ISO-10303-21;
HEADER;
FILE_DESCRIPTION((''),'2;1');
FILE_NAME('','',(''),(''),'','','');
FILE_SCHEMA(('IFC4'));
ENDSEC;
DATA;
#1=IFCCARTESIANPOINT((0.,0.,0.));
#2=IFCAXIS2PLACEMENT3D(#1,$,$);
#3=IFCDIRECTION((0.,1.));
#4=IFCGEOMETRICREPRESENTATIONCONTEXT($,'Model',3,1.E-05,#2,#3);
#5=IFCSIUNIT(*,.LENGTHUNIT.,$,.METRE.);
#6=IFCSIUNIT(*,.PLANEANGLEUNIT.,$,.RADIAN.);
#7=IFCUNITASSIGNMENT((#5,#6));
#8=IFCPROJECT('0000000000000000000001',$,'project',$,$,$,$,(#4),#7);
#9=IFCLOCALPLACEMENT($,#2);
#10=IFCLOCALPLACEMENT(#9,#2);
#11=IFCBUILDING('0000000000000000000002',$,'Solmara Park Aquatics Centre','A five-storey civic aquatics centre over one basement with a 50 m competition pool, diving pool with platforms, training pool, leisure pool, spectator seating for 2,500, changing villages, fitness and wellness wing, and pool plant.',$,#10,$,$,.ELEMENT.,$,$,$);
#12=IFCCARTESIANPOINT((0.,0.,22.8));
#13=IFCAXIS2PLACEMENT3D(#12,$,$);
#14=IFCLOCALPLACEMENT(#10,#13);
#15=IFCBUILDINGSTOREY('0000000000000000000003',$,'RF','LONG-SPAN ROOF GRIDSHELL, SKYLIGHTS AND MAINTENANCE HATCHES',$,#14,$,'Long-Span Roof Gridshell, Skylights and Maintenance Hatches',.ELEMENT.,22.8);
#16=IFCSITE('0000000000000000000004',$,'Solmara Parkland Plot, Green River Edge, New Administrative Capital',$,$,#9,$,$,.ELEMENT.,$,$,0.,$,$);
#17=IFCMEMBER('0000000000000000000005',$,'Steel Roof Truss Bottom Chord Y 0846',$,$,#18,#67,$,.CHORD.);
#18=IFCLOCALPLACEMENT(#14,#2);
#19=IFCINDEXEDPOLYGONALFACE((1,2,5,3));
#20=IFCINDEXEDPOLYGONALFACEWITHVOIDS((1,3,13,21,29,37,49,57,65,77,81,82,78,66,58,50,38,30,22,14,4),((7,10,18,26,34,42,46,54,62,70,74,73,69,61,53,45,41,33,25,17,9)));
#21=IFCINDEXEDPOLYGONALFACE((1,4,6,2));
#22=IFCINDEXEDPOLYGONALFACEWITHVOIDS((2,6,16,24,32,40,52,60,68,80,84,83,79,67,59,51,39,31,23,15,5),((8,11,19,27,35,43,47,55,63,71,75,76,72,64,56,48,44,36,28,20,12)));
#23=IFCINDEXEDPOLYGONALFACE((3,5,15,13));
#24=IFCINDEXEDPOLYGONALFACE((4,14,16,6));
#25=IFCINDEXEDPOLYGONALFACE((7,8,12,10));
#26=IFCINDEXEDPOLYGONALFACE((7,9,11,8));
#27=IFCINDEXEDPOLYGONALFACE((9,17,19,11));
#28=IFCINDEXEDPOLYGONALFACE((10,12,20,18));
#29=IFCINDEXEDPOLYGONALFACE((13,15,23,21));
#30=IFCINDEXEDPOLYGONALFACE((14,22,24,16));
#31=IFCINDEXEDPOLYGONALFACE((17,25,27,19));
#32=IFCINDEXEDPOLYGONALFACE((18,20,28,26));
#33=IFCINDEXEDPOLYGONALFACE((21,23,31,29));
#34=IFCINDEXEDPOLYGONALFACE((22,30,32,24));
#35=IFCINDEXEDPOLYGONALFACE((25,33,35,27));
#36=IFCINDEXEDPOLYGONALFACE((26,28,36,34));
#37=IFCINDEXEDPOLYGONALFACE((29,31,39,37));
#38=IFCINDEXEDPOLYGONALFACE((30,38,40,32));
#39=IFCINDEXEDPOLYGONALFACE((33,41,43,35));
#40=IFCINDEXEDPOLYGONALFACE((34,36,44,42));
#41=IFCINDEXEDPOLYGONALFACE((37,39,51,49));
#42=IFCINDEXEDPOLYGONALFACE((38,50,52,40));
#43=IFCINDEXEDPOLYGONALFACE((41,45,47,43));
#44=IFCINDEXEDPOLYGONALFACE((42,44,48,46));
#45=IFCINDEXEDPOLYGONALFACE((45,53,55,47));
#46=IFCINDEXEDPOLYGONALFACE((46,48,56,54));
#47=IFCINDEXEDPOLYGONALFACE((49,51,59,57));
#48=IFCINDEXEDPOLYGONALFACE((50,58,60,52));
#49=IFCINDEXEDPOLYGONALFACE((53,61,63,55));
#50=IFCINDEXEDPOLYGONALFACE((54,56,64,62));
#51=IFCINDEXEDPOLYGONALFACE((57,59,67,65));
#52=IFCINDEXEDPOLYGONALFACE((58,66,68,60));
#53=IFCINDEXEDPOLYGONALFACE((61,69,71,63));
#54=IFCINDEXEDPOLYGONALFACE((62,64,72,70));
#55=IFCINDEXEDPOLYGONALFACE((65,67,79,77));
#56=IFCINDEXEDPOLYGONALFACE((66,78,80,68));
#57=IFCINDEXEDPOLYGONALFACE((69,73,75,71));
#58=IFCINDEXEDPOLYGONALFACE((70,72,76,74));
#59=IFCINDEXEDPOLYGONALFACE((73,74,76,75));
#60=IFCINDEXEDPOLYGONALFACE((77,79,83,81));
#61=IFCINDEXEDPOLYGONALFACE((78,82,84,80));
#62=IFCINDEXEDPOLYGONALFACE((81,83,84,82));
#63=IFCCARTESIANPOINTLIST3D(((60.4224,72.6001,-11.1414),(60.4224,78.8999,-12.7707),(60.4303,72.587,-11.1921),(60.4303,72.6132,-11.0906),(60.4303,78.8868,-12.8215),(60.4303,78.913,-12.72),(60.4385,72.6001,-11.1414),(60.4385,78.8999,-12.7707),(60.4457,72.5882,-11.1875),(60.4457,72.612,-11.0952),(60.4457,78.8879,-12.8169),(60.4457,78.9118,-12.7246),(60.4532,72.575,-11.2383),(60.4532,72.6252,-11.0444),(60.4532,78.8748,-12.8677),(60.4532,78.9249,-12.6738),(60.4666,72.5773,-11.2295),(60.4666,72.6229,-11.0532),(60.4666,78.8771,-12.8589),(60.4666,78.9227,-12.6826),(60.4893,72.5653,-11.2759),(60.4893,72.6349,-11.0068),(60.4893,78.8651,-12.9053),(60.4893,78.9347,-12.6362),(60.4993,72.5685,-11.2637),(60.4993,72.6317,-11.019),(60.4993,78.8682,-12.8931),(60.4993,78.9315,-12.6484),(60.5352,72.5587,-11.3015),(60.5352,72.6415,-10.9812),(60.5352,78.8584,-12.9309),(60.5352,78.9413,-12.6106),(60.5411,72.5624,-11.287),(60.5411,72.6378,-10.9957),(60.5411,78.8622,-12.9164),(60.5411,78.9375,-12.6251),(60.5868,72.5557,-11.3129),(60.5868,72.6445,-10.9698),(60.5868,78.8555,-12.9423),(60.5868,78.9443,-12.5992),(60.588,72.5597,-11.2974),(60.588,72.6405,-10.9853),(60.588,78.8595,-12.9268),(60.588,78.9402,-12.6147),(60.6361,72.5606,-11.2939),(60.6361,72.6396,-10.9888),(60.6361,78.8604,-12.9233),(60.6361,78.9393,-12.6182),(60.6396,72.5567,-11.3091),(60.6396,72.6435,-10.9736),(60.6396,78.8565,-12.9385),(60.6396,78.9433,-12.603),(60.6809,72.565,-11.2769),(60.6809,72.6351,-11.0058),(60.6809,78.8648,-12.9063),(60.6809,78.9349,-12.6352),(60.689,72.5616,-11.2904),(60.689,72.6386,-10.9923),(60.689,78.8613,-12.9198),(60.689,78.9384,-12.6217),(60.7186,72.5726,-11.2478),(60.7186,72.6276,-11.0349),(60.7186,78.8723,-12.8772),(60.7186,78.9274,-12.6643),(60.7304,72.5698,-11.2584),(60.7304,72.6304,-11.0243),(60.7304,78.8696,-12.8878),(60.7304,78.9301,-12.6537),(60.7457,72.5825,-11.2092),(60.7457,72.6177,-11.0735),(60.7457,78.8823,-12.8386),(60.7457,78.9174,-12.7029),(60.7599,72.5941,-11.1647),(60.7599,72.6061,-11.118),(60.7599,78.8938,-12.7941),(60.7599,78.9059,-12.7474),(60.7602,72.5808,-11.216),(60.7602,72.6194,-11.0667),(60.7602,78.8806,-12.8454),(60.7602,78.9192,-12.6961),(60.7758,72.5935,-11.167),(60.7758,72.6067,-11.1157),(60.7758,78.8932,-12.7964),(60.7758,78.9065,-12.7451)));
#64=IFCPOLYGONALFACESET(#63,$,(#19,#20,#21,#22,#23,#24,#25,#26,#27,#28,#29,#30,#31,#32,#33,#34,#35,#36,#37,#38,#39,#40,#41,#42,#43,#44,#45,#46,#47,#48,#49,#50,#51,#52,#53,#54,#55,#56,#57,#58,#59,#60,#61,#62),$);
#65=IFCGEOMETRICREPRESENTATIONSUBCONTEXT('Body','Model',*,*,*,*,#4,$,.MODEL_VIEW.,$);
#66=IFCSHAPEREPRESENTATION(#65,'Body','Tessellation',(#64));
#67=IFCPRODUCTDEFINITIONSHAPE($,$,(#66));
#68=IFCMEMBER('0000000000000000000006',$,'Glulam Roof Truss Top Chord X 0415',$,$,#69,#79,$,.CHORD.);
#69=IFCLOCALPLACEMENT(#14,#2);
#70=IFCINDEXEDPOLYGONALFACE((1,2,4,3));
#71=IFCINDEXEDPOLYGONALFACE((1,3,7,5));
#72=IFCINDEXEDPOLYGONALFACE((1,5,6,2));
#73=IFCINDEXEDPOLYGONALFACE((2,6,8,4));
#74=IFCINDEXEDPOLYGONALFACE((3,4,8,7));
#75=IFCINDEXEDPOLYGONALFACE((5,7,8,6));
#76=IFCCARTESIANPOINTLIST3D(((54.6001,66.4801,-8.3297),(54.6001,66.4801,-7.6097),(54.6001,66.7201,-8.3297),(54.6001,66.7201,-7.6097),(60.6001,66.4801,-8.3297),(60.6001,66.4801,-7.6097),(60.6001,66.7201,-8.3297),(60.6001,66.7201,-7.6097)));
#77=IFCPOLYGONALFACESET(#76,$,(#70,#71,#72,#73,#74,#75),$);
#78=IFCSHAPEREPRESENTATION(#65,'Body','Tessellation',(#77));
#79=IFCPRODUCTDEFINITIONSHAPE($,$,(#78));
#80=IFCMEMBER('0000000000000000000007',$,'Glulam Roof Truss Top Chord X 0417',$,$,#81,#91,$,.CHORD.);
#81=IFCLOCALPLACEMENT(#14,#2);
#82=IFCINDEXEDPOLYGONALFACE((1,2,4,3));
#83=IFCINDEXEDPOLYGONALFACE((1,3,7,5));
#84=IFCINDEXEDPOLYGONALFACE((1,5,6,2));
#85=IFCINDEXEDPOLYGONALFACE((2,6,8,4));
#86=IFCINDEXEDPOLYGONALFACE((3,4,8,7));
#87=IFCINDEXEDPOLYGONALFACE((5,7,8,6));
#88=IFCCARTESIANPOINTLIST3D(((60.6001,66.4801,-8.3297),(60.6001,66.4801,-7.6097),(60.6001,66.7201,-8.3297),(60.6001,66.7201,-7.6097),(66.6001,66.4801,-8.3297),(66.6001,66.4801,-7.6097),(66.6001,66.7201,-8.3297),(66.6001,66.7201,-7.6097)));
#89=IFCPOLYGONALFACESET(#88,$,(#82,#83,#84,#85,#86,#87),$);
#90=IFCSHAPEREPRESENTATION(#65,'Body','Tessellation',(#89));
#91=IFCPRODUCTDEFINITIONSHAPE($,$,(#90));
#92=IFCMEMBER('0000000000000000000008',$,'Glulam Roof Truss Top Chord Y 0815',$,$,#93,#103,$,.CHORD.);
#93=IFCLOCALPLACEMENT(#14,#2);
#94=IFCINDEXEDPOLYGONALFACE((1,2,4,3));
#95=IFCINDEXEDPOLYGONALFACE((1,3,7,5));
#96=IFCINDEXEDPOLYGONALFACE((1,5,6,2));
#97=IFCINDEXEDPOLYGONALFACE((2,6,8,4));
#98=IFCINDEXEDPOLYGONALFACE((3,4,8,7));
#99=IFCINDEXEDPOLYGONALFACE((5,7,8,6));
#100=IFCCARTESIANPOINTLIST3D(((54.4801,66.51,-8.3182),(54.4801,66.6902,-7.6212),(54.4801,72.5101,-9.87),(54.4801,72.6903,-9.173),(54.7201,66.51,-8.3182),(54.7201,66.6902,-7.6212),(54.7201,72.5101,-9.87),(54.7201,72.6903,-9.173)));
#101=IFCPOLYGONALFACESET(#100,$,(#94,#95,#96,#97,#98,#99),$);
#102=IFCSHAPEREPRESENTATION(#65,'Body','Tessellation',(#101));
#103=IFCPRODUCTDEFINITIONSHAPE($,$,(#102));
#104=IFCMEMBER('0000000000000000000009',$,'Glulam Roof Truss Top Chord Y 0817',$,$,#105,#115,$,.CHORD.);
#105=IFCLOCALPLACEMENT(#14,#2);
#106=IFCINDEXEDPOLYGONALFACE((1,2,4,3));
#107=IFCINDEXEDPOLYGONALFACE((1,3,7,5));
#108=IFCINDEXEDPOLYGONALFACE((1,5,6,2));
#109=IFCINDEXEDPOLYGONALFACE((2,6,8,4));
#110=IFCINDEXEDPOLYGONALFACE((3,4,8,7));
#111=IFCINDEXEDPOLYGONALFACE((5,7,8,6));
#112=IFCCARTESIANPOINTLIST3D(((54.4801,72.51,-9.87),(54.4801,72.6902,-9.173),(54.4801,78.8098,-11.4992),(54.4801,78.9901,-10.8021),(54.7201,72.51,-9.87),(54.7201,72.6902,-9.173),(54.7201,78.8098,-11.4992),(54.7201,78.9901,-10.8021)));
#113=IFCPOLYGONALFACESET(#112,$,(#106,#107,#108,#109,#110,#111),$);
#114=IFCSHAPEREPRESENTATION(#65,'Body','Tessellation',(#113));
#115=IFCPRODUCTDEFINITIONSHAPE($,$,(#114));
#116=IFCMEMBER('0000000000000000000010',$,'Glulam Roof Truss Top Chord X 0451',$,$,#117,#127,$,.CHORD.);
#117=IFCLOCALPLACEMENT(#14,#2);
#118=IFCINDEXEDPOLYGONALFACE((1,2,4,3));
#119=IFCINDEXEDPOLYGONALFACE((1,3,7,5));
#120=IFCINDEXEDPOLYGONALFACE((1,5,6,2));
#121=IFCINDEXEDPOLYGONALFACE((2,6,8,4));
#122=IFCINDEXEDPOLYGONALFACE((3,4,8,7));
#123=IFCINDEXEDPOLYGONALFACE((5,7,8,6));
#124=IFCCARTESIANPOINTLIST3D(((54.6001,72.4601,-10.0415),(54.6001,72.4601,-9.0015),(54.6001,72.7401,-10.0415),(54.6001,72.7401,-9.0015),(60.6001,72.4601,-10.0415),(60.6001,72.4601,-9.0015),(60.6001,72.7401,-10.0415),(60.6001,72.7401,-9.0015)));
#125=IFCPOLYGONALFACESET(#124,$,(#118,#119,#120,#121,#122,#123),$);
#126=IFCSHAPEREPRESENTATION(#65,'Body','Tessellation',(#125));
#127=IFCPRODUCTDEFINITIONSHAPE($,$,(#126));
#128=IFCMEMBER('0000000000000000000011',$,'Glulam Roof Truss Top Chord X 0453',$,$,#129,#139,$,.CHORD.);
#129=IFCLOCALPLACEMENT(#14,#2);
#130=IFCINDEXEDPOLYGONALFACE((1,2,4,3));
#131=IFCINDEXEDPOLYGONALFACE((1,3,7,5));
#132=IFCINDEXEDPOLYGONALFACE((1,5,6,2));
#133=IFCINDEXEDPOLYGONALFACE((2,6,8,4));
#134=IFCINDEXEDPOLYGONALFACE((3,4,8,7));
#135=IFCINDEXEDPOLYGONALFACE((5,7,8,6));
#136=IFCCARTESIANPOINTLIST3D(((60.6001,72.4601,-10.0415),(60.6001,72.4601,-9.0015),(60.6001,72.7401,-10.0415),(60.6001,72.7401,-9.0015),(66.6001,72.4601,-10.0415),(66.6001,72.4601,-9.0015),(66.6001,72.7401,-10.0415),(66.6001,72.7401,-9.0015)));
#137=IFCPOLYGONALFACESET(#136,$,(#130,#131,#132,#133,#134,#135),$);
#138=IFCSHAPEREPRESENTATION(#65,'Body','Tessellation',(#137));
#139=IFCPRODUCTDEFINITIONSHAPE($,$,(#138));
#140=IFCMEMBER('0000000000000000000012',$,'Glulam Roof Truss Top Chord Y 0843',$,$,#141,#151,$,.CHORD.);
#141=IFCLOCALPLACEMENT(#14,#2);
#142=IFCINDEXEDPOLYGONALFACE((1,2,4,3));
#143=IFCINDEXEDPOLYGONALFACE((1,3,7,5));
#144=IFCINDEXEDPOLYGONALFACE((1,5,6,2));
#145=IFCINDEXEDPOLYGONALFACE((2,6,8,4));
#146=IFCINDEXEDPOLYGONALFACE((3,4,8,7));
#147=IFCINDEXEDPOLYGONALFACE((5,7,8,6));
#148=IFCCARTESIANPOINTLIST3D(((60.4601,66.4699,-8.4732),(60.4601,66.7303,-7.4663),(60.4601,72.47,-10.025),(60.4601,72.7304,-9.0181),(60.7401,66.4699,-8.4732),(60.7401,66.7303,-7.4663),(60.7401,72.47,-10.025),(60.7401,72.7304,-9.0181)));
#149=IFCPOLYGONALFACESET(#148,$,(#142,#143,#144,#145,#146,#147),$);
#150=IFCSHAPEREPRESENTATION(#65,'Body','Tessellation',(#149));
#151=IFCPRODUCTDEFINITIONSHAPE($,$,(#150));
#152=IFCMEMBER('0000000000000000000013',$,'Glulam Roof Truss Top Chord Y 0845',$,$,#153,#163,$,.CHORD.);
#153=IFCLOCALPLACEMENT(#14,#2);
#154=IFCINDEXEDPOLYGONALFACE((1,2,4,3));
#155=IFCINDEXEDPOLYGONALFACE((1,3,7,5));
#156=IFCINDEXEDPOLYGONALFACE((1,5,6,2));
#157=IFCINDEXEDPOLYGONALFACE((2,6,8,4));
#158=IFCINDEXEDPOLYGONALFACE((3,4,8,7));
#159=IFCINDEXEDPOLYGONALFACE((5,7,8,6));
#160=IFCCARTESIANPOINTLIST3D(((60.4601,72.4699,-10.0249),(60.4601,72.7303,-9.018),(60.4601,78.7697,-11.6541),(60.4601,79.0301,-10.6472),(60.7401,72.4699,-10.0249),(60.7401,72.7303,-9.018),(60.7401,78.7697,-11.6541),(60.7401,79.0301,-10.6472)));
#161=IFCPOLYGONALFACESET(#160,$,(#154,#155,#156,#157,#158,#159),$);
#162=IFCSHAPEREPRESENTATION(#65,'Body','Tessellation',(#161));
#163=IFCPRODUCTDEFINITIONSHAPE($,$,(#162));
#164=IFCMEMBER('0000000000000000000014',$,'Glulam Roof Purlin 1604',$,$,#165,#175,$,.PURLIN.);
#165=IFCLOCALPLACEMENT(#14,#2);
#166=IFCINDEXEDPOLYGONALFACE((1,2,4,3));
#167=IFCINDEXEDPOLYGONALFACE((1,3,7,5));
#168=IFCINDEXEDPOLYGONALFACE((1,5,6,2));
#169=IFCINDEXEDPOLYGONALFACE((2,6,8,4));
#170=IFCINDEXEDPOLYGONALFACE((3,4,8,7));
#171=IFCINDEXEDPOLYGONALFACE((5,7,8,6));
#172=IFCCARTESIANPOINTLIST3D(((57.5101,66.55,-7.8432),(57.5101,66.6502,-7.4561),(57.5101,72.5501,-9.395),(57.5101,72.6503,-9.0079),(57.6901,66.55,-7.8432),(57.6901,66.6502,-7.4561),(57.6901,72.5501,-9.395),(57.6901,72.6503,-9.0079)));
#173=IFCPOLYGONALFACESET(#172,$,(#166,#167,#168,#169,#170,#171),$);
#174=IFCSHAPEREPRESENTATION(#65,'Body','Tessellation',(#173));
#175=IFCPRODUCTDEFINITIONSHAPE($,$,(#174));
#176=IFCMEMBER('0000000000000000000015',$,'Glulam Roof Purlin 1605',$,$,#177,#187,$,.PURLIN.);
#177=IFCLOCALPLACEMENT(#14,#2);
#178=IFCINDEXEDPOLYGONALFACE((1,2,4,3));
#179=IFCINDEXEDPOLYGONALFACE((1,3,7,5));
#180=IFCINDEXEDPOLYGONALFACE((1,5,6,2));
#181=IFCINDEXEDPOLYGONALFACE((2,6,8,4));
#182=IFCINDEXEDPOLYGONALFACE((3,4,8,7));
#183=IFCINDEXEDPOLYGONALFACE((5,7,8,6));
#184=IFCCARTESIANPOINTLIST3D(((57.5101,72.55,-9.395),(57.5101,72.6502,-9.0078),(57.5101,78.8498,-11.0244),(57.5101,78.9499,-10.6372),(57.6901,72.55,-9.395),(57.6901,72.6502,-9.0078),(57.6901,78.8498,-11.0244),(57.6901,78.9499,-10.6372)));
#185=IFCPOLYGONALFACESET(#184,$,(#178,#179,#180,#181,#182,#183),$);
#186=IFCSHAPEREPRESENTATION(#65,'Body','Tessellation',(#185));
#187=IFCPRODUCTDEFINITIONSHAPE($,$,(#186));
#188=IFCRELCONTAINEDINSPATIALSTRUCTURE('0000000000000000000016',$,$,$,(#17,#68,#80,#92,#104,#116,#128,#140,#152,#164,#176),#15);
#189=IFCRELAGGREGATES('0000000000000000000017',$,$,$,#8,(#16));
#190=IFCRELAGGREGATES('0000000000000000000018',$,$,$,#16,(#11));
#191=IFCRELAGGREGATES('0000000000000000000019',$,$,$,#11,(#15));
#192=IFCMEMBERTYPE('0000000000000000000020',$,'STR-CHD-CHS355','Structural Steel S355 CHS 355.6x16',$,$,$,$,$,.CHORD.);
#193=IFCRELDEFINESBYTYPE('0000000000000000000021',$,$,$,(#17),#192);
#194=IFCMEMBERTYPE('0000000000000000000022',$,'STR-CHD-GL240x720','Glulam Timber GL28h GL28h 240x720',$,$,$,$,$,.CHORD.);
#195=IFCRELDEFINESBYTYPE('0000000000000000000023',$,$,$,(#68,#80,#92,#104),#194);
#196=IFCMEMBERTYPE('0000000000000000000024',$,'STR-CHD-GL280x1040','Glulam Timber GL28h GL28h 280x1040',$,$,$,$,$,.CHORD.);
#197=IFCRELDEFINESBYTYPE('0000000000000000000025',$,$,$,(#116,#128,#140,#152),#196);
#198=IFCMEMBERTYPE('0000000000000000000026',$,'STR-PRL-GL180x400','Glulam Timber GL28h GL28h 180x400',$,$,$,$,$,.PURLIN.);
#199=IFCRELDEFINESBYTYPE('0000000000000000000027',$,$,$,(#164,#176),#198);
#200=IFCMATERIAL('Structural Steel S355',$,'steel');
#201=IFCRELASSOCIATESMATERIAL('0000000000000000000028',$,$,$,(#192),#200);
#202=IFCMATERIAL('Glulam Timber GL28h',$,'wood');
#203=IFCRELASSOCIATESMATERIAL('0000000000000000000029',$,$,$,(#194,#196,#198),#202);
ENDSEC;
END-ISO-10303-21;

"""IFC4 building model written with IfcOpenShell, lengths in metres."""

from ifc_helpers import new_model, si_unit, direction, frame, origin, origin_2d, place, context, subcontext, project, spatial, rectangle, hollow_circle, extrude, material, material_profile, profile_set, type_object, element, save


model = new_model("IFC4")

# Units and contexts
model_context = context("Model", 3, precision=1e-05, world=origin(), true_north=direction((0.0, 1.0)))
body_context = subcontext(model_context, "Body", "Model", "MODEL_VIEW")
ifc_project = project(units=[si_unit("LENGTHUNIT", "METRE"), si_unit("PLANEANGLEUNIT", "RADIAN")], contexts=[model_context])

# Site, building, storey
site_placement = place(None, origin())
site = spatial("IfcSite", under=ifc_project, at=site_placement, Name="Solmara Parkland Plot, Green River Edge, New Administrative Capital", CompositionType="ELEMENT", RefElevation=0.0)
building_placement = place(site_placement, origin())
building = spatial("IfcBuilding", under=site, at=building_placement, Name="Solmara Park Aquatics Centre", Description="A five-storey civic aquatics centre over one basement with a 50 m competition pool, diving pool with platforms, training pool, leisure pool, spectator seating for 2,500, changing villages, fitness and wellness wing, and pool plant.", CompositionType="ELEMENT")
storey_placement = place(building_placement, frame((0.0, 0.0, 22.8)))
storey = spatial("IfcBuildingStorey", under=building, at=storey_placement, Name="RF", Description="LONG-SPAN ROOF GRIDSHELL, SKYLIGHTS AND MAINTENANCE HATCHES", LongName="Long-Span Roof Gridshell, Skylights and Maintenance Hatches", CompositionType="ELEMENT", Elevation=22.8)

# Members
ifc_material_1 = material(Name="Structural Steel S355", Category="steel")
ifc_material_profile_1 = material_profile(ifc_material_1, hollow_circle(Radius=0.1777, WallThickness=0.0161, at=origin_2d()), Name="CHS 355.6x16")
ifc_profile_set_1 = profile_set([ifc_material_profile_1], Name="Structural Steel S355")
member_type_1 = type_object("IfcMemberType", Name="STR-CHD-CHS355", Description="Structural Steel S355 CHS 355.6x16", PredefinedType="CHORD", material=ifc_profile_set_1)
member_1_placement = place(storey_placement, frame((60.6001, 72.6001, -11.1414), z_axis=(0.0, 0.968142, -0.250402), x_axis=(-1.0, 0.0, 0.0)))
element("IfcMember", 1, at=member_1_placement, inside=storey, type_object=member_type_1, Name="Steel Roof Truss Bottom Chord Y 0846", PredefinedType="CHORD", context=body_context, shape_type="SweptSolid", body=[
    extrude(hollow_circle(Radius=0.1777, WallThickness=0.0161, at=origin_2d()), origin(), (0.0, 0.0, 1.0), 6.5071),
])
ifc_material_2 = material(Name="Glulam Timber GL28h", Category="wood")
ifc_material_profile_2 = material_profile(ifc_material_2, rectangle(XDim=0.24, YDim=0.72, at=origin_2d()), Name="GL28h 240x720")
ifc_profile_set_2 = profile_set([ifc_material_profile_2], Name="Glulam Timber GL28h")
member_type_2 = type_object("IfcMemberType", Name="STR-CHD-GL240x720", Description="Glulam Timber GL28h GL28h 240x720", PredefinedType="CHORD", material=ifc_profile_set_2)
for number, where, z_axis, x_axis, name in (
    (2, (54.6001, 66.6001, -7.9697), (1.0, 0.0, 0.0), (0.0, 1.0, 0.0), "Glulam Roof Truss Top Chord X 0415"),
    (3, (60.6001, 66.6001, -7.9697), (1.0, 0.0, 0.0), (0.0, 1.0, 0.0), "Glulam Roof Truss Top Chord X 0417"),
):
    element("IfcMember", number, at=place(storey_placement, frame(where, z_axis=z_axis, x_axis=x_axis)), inside=storey, type_object=member_type_2, Name=name, PredefinedType="CHORD", context=body_context, shape_type="SweptSolid", body=[
        extrude(rectangle(XDim=0.24, YDim=0.72, at=origin_2d()), origin(), (0.0, 0.0, 1.0), 6.0),
    ])
member_2_placement = place(storey_placement, frame((54.6001, 66.6001, -7.9697), z_axis=(0.0, 0.968146, -0.250388), x_axis=(-1.0, 0.0, 0.0)))
element("IfcMember", 4, at=member_2_placement, inside=storey, type_object=member_type_2, Name="Glulam Roof Truss Top Chord Y 0815", PredefinedType="CHORD", context=body_context, shape_type="SweptSolid", body=[
    extrude(rectangle(XDim=0.24, YDim=0.72, at=origin_2d()), origin(), (0.0, 0.0, 1.0), 6.1975),
])
member_3_placement = place(storey_placement, frame((54.6001, 72.6001, -9.5215), z_axis=(0.0, 0.968151, -0.250367), x_axis=(-1.0, 0.0, 0.0)))
element("IfcMember", 5, at=member_3_placement, inside=storey, type_object=member_type_2, Name="Glulam Roof Truss Top Chord Y 0817", PredefinedType="CHORD", context=body_context, shape_type="SweptSolid", body=[
    extrude(rectangle(XDim=0.24, YDim=0.72, at=origin_2d()), origin(), (0.0, 0.0, 1.0), 6.5071),
])
ifc_material_profile_3 = material_profile(ifc_material_2, rectangle(XDim=0.28, YDim=1.04, at=origin_2d()), Name="GL28h 280x1040")
ifc_profile_set_3 = profile_set([ifc_material_profile_3], Name="Glulam Timber GL28h")
member_type_3 = type_object("IfcMemberType", Name="STR-CHD-GL280x1040", Description="Glulam Timber GL28h GL28h 280x1040", PredefinedType="CHORD", material=ifc_profile_set_3)
for number, where, z_axis, x_axis, name in (
    (6, (54.6001, 72.6001, -9.5215), (1.0, 0.0, 0.0), (0.0, 1.0, 0.0), "Glulam Roof Truss Top Chord X 0451"),
    (7, (60.6001, 72.6001, -9.5215), (1.0, 0.0, 0.0), (0.0, 1.0, 0.0), "Glulam Roof Truss Top Chord X 0453"),
):
    element("IfcMember", number, at=place(storey_placement, frame(where, z_axis=z_axis, x_axis=x_axis)), inside=storey, type_object=member_type_3, Name=name, PredefinedType="CHORD", context=body_context, shape_type="SweptSolid", body=[
        extrude(rectangle(XDim=0.28, YDim=1.04, at=origin_2d()), origin(), (0.0, 0.0, 1.0), 6.0),
    ])
member_4_placement = place(storey_placement, frame((60.6001, 66.6001, -7.9697), z_axis=(0.0, 0.968146, -0.250388), x_axis=(-1.0, 0.0, 0.0)))
element("IfcMember", 8, at=member_4_placement, inside=storey, type_object=member_type_3, Name="Glulam Roof Truss Top Chord Y 0843", PredefinedType="CHORD", context=body_context, shape_type="SweptSolid", body=[
    extrude(rectangle(XDim=0.28, YDim=1.04, at=origin_2d()), origin(), (0.0, 0.0, 1.0), 6.1975),
])
member_5_placement = place(storey_placement, frame((60.6001, 72.6001, -9.5215), z_axis=(0.0, 0.968151, -0.250367), x_axis=(-1.0, 0.0, 0.0)))
element("IfcMember", 9, at=member_5_placement, inside=storey, type_object=member_type_3, Name="Glulam Roof Truss Top Chord Y 0845", PredefinedType="CHORD", context=body_context, shape_type="SweptSolid", body=[
    extrude(rectangle(XDim=0.28, YDim=1.04, at=origin_2d()), origin(), (0.0, 0.0, 1.0), 6.5071),
])
ifc_material_profile_4 = material_profile(ifc_material_2, rectangle(XDim=0.1799, YDim=0.3999, at=origin_2d()), Name="GL28h 180x400")
ifc_profile_set_4 = profile_set([ifc_material_profile_4], Name="Glulam Timber GL28h")
member_type_4 = type_object("IfcMemberType", Name="STR-PRL-GL180x400", Description="Glulam Timber GL28h GL28h 180x400", PredefinedType="PURLIN", material=ifc_profile_set_4)
member_6_placement = place(storey_placement, frame((57.6001, 66.6001, -7.6497), z_axis=(0.0, 0.968146, -0.250388), x_axis=(-1.0, 0.0, 0.0)))
element("IfcMember", 10, at=member_6_placement, inside=storey, type_object=member_type_4, Name="Glulam Roof Purlin 1604", PredefinedType="PURLIN", context=body_context, shape_type="SweptSolid", body=[
    extrude(rectangle(XDim=0.1799, YDim=0.3999, at=origin_2d()), origin(), (0.0, 0.0, 1.0), 6.1975),
])
member_7_placement = place(storey_placement, frame((57.6001, 72.6001, -9.2014), z_axis=(0.0, 0.968142, -0.250402), x_axis=(-1.0, 0.0, 0.0)))
element("IfcMember", 11, at=member_7_placement, inside=storey, type_object=member_type_4, Name="Glulam Roof Purlin 1605", PredefinedType="PURLIN", context=body_context, shape_type="SweptSolid", body=[
    extrude(rectangle(XDim=0.1799, YDim=0.3999, at=origin_2d()), origin(), (0.0, 0.0, 1.0), 6.5071),
])

save(model, "model.ifc")
